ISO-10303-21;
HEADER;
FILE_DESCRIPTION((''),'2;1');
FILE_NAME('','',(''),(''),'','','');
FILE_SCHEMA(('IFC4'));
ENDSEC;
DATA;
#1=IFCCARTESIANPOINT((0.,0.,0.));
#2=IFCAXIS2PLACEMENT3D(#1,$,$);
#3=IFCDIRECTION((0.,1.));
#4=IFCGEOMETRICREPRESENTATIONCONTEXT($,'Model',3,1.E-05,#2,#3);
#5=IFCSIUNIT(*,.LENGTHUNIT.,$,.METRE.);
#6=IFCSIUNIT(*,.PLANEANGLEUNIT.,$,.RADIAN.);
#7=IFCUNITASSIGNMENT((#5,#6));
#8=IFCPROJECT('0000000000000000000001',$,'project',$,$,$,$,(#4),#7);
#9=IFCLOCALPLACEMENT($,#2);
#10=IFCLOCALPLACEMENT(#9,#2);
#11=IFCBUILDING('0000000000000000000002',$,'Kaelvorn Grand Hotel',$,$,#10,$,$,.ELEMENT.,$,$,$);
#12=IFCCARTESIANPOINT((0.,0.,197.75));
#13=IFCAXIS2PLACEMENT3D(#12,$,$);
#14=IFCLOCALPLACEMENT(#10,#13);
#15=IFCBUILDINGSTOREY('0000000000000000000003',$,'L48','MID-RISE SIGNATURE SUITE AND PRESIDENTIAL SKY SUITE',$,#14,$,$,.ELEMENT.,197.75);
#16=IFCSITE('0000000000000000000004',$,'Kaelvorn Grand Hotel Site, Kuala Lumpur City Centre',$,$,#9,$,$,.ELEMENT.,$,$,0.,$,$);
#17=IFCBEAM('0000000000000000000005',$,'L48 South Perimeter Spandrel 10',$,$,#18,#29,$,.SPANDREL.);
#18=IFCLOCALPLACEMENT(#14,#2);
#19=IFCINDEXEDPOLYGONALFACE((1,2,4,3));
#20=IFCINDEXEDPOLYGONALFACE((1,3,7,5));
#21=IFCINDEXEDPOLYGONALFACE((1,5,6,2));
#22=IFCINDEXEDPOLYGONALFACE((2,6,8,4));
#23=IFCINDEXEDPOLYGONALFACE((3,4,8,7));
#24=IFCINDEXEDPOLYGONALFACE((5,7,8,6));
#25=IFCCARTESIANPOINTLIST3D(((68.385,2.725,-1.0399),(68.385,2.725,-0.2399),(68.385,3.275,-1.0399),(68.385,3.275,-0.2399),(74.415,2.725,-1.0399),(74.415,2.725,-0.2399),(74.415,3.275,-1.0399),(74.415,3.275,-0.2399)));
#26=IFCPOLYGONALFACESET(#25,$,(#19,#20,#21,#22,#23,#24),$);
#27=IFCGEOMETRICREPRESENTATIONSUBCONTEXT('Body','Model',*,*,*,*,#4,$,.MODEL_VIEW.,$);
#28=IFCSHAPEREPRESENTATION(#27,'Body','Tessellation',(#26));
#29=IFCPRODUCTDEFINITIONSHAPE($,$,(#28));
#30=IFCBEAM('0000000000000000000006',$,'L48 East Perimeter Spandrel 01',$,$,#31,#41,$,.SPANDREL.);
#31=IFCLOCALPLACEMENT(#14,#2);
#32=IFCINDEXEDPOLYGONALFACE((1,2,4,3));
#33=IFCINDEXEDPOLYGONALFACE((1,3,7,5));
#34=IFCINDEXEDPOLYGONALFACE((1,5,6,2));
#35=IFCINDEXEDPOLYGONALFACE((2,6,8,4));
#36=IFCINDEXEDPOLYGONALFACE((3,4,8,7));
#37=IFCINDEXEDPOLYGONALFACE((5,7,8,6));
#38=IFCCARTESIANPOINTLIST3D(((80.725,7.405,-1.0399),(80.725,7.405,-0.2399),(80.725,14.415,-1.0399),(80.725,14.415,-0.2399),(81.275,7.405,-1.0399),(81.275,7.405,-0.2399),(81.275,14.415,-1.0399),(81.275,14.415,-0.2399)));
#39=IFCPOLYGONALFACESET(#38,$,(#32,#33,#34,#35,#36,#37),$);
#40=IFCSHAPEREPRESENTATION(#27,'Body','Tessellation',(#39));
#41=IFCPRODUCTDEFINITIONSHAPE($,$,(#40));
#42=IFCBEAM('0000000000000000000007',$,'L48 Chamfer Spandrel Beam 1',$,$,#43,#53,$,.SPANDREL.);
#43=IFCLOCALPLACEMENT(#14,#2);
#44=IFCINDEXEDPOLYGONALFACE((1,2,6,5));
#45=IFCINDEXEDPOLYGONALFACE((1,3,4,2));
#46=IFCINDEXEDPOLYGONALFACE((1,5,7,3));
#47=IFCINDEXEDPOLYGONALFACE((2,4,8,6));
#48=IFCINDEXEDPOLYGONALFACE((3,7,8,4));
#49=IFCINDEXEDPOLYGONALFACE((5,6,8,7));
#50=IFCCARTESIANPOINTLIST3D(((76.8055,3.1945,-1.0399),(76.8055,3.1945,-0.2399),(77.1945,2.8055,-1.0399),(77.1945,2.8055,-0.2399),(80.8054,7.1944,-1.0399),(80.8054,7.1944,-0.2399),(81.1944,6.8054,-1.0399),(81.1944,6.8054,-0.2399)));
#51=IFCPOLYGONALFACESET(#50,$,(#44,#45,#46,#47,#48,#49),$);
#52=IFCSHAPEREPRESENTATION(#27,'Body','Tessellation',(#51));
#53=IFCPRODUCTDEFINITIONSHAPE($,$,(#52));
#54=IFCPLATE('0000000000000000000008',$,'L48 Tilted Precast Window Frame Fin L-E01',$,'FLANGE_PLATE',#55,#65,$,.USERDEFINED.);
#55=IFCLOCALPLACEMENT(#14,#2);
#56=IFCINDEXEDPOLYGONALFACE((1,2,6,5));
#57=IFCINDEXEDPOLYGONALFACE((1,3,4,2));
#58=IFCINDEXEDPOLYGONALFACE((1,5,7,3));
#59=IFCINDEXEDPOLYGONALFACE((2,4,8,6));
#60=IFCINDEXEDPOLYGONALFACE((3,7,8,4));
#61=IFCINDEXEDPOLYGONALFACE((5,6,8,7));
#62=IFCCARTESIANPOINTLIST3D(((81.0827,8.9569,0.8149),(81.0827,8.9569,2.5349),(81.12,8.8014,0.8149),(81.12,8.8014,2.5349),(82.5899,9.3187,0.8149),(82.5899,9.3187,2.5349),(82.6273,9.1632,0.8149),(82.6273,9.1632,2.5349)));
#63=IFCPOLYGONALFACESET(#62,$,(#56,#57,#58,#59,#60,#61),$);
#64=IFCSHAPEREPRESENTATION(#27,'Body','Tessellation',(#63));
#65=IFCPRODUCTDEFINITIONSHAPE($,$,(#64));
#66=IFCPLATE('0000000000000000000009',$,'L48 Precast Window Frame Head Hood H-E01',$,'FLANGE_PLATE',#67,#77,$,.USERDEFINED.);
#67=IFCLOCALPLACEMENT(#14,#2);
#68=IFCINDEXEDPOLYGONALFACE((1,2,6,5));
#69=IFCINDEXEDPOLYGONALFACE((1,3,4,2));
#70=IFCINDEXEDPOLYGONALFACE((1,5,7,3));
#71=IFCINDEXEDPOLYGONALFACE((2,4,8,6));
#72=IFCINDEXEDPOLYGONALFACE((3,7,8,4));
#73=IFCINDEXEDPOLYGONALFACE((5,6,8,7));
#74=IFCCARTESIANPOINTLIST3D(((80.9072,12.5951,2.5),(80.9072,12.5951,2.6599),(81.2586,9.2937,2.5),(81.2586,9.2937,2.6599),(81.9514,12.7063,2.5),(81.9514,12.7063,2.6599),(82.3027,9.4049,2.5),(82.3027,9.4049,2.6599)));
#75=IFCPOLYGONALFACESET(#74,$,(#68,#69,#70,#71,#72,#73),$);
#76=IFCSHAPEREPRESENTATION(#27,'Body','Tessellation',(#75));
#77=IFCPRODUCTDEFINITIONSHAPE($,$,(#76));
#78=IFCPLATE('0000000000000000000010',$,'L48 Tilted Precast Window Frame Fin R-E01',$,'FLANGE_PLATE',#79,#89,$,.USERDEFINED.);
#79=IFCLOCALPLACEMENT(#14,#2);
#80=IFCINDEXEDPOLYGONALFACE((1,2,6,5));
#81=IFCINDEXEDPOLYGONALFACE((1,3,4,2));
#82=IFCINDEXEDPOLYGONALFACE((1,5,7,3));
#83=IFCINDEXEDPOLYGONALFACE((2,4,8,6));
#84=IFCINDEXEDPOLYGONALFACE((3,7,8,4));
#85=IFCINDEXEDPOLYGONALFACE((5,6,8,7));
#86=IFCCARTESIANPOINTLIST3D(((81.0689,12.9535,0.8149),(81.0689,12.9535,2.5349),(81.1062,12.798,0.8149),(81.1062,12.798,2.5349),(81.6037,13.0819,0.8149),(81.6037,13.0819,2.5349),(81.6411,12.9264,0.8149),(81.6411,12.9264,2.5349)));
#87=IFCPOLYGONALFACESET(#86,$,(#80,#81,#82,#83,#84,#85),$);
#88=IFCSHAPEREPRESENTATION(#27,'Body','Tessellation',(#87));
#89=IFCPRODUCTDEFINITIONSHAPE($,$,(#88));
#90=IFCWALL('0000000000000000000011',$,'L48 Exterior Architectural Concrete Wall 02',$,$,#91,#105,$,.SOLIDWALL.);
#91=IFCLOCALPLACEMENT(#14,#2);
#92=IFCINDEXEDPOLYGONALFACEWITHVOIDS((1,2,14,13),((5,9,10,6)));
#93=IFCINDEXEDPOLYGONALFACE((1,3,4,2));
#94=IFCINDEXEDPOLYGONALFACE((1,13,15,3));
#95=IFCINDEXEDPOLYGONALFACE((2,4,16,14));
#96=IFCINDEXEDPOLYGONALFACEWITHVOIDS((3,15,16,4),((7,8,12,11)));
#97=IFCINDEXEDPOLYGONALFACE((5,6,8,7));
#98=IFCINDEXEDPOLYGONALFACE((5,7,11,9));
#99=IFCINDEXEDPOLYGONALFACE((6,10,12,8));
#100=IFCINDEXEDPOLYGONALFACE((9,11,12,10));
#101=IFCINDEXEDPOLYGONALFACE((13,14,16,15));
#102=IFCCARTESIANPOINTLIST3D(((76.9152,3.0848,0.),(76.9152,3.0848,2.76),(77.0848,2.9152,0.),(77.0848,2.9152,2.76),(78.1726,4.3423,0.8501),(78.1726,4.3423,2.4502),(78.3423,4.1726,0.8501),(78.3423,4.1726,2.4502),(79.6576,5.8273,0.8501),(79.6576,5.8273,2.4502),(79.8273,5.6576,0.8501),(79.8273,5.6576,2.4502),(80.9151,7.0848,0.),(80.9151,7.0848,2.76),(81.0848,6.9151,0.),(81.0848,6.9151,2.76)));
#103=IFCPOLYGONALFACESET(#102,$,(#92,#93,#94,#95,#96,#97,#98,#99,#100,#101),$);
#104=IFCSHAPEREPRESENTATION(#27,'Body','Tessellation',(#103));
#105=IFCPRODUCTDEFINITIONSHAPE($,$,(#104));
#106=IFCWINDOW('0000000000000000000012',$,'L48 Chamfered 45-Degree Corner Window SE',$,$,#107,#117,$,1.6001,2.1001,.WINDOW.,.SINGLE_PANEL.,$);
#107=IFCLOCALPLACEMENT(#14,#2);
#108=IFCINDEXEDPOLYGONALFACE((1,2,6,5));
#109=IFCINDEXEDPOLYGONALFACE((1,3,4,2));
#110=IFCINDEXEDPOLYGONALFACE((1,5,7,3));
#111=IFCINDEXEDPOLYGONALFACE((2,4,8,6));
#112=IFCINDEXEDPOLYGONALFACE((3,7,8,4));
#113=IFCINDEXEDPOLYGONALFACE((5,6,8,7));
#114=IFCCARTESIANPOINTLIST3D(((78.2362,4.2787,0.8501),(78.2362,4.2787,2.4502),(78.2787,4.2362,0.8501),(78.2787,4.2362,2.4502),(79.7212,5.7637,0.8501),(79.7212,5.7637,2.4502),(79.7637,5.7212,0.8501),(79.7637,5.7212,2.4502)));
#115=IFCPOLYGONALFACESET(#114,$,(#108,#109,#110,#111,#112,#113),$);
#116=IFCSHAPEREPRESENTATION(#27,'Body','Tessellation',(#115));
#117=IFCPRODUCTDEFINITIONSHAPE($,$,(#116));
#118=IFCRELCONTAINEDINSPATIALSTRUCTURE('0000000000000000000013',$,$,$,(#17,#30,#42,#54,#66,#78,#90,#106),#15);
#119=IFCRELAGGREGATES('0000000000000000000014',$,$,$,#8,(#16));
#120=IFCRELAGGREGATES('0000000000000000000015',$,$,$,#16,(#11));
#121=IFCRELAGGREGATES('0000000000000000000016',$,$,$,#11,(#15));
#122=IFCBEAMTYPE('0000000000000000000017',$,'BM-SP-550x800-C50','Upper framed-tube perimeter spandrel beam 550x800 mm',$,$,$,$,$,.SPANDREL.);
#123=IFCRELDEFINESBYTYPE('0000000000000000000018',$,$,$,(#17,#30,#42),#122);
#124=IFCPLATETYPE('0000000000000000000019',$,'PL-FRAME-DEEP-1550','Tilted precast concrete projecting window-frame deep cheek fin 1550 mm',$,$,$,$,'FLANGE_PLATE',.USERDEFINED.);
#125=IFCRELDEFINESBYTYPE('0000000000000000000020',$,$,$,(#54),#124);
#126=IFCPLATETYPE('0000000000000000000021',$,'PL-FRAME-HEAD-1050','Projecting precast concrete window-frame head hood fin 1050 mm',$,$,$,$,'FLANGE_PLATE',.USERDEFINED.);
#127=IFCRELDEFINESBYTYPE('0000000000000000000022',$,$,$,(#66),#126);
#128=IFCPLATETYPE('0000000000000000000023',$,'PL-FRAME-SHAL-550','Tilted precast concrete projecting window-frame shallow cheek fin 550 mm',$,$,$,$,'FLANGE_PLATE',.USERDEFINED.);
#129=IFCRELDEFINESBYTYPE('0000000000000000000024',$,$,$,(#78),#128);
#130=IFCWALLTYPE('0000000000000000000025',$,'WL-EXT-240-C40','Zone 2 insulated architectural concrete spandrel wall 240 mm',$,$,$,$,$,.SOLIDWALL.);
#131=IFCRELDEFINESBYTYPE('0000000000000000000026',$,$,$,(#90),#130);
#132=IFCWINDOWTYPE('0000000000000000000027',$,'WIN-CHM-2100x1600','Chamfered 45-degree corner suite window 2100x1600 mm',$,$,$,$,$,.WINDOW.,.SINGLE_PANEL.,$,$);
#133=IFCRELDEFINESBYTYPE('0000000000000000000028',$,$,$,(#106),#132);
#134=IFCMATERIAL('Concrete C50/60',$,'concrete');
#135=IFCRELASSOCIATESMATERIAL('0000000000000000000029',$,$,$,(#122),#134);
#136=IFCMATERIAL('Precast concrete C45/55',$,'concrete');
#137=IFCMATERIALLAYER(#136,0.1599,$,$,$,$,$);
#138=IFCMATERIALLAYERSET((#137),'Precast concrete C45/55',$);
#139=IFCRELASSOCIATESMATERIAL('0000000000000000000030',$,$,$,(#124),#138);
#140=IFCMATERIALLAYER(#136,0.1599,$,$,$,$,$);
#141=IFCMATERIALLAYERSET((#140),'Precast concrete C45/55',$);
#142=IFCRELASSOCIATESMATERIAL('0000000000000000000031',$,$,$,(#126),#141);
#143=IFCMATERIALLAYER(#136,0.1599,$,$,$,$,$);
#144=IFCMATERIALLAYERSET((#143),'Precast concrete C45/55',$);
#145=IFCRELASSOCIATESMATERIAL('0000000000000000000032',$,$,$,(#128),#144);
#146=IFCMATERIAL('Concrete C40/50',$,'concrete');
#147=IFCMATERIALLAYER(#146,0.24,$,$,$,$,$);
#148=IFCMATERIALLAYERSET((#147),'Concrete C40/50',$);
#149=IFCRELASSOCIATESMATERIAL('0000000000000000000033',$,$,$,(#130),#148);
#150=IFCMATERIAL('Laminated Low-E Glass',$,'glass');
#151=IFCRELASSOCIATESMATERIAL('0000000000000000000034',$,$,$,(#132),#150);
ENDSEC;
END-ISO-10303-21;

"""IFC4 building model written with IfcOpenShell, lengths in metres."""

from ifc_helpers import new_model, si_unit, direction, frame, frame_2d, origin, origin_2d, place, context, subcontext, project, spatial, rectangle, extrude, material, layer, layer_set, material_profile, profile_set, type_object, element, fill, save


model = new_model("IFC4")

# Units and contexts
model_context = context("Model", 3, precision=1e-05, world=origin(), true_north=direction((0.0, 1.0)))
body_context = subcontext(model_context, "Body", "Model", "MODEL_VIEW")
ifc_project = project(units=[si_unit("LENGTHUNIT", "METRE"), si_unit("PLANEANGLEUNIT", "RADIAN")], contexts=[model_context])

# Site, building, storey
site_placement = place(None, origin())
site = spatial("IfcSite", under=ifc_project, at=site_placement, Name="Kaelvorn Grand Hotel Site, Kuala Lumpur City Centre", CompositionType="ELEMENT", RefElevation=0.0)
building_placement = place(site_placement, origin())
building = spatial("IfcBuilding", under=site, at=building_placement, Name="Kaelvorn Grand Hotel", CompositionType="ELEMENT")
storey_placement = place(building_placement, frame((0.0, 0.0, 197.75)))
storey = spatial("IfcBuildingStorey", under=building, at=storey_placement, Name="L48", Description="MID-RISE SIGNATURE SUITE AND PRESIDENTIAL SKY SUITE", CompositionType="ELEMENT", Elevation=197.75)

# Beams
ifc_material_1 = material(Name="Concrete C50/60", Category="concrete")
ifc_material_profile_1 = material_profile(ifc_material_1, rectangle(XDim=0.55, YDim=0.8, at=origin_2d()), Name="RC SPANDREL 550x800")
ifc_profile_set_1 = profile_set([ifc_material_profile_1], Name="Concrete C50/60")
beam_type_1 = type_object("IfcBeamType", Name="BM-SP-550x800-C50", Description="Upper framed-tube perimeter spandrel beam 550x800 mm", PredefinedType="SPANDREL", material=ifc_profile_set_1)
beam_1_placement = place(storey_placement, frame((68.385, 3.0, -0.6399), z_axis=(1.0, 0.0, 0.0), x_axis=(0.0, 1.0, 0.0)))
element("IfcBeam", 1, at=beam_1_placement, inside=storey, type_object=beam_type_1, Name="L48 South Perimeter Spandrel 10", PredefinedType="SPANDREL", context=body_context, shape_type="SweptSolid", body=[
    extrude(rectangle(XDim=0.55, YDim=0.8, at=origin_2d()), origin(), (0.0, 0.0, 1.0), 6.03),
])
beam_2_placement = place(storey_placement, frame((81.0, 7.405, -0.6399), z_axis=(0.0, 1.0, 0.0), x_axis=(-1.0, 0.0, 0.0)))
element("IfcBeam", 2, at=beam_2_placement, inside=storey, type_object=beam_type_1, Name="L48 East Perimeter Spandrel 01", PredefinedType="SPANDREL", context=body_context, shape_type="SweptSolid", body=[
    extrude(rectangle(XDim=0.55, YDim=0.8, at=origin_2d()), origin(), (0.0, 0.0, 1.0), 7.01),
])
beam_3_placement = place(storey_placement, frame((77.0, 3.0, -0.6399), z_axis=(0.707107, 0.707107, 0.0), x_axis=(-0.707107, 0.707107, 0.0)))
element("IfcBeam", 3, at=beam_3_placement, inside=storey, type_object=beam_type_1, Name="L48 Chamfer Spandrel Beam 1", PredefinedType="SPANDREL", context=body_context, shape_type="SweptSolid", body=[
    extrude(rectangle(XDim=0.55, YDim=0.8, at=origin_2d()), origin(), (0.0, 0.0, 1.0), 5.6567),
])

# Plates
ifc_material_2 = material(Name="Precast concrete C45/55", Category="concrete")
ifc_layer_1 = layer(ifc_material_2, 0.1599)
ifc_layer_set_1 = layer_set([ifc_layer_1], Name="Precast concrete C45/55")
plate_type_1 = type_object("IfcPlateType", Name="PL-FRAME-DEEP-1550", Description="Tilted precast concrete projecting window-frame deep cheek fin 1550 mm", ElementType="FLANGE_PLATE", PredefinedType="USERDEFINED", material=ifc_layer_set_1)
plate_1_placement = place(storey_placement, frame((81.855, 9.0601, 0.8149), z_axis=(0.0, 0.0, 1.0), x_axis=(-0.233445, 0.97237, 0.0)))
element("IfcPlate", 4, at=plate_1_placement, inside=storey, type_object=plate_type_1, Name="L48 Tilted Precast Window Frame Fin L-E01", ObjectType="FLANGE_PLATE", PredefinedType="USERDEFINED", context=body_context, shape_type="SweptSolid", body=[
    extrude(rectangle(XDim=0.1599, YDim=1.55, at=origin_2d()), origin(), (0.0, 0.0, 1.0), 1.72),
])
ifc_layer_2 = layer(ifc_material_2, 0.1599)
ifc_layer_set_2 = layer_set([ifc_layer_2], Name="Precast concrete C45/55")
plate_type_2 = type_object("IfcPlateType", Name="PL-FRAME-HEAD-1050", Description="Projecting precast concrete window-frame head hood fin 1050 mm", ElementType="FLANGE_PLATE", PredefinedType="USERDEFINED", material=ifc_layer_set_2)
plate_2_placement = place(storey_placement, frame((81.605, 11.0, 2.5), z_axis=(0.0, 0.0, 1.0), x_axis=(-0.10583, 0.994384, 0.0)))
element("IfcPlate", 5, at=plate_2_placement, inside=storey, type_object=plate_type_2, Name="L48 Precast Window Frame Head Hood H-E01", ObjectType="FLANGE_PLATE", PredefinedType="USERDEFINED", context=body_context, shape_type="SweptSolid", body=[
    extrude(rectangle(XDim=3.3201, YDim=1.05, at=origin_2d()), origin(), (0.0, 0.0, 1.0), 0.1599),
])
ifc_layer_3 = layer(ifc_material_2, 0.1599)
ifc_layer_set_3 = layer_set([ifc_layer_3], Name="Precast concrete C45/55")
plate_type_3 = type_object("IfcPlateType", Name="PL-FRAME-SHAL-550", Description="Tilted precast concrete projecting window-frame shallow cheek fin 550 mm", ElementType="FLANGE_PLATE", PredefinedType="USERDEFINED", material=ifc_layer_set_3)
plate_3_placement = place(storey_placement, frame((81.355, 12.9399, 0.8149), z_axis=(0.0, 0.0, 1.0), x_axis=(-0.233445, 0.97237, 0.0)))
element("IfcPlate", 6, at=plate_3_placement, inside=storey, type_object=plate_type_3, Name="L48 Tilted Precast Window Frame Fin R-E01", ObjectType="FLANGE_PLATE", PredefinedType="USERDEFINED", context=body_context, shape_type="SweptSolid", body=[
    extrude(rectangle(XDim=0.1599, YDim=0.55, at=origin_2d()), origin(), (0.0, 0.0, 1.0), 1.72),
])

# Wall, opening, window
ifc_material_3 = material(Name="Concrete C40/50", Category="concrete")
ifc_layer_4 = layer(ifc_material_3, 0.24)
ifc_layer_set_4 = layer_set([ifc_layer_4], Name="Concrete C40/50")
wall_type_1 = type_object("IfcWallType", Name="WL-EXT-240-C40", Description="Zone 2 insulated architectural concrete spandrel wall 240 mm", PredefinedType="SOLIDWALL", material=ifc_layer_set_4)
wall_1_placement = place(storey_placement, frame((77.0, 3.0, 0.0), z_axis=(0.0, 0.0, 1.0), x_axis=(0.707107, 0.707107, 0.0)))
wall_1 = element("IfcWall", 7, at=wall_1_placement, inside=storey, type_object=wall_type_1, Name="L48 Exterior Architectural Concrete Wall 02", PredefinedType="SOLIDWALL", context=body_context, shape_type="SweptSolid", body=[
    extrude(rectangle(XDim=5.6567, YDim=0.24, at=frame_2d((2.8284, 0.0))), origin(), (0.0, 0.0, 1.0), 2.76),
])
opening_1_placement = place(wall_1_placement, frame((1.7783, 0.0, 0.8501)))
opening_1 = element("IfcOpeningElement", 8, at=opening_1_placement, cuts=wall_1, PredefinedType="OPENING", context=body_context, shape_type="SweptSolid", body=[
    extrude(rectangle(XDim=2.1001, YDim=1.6001, at=frame_2d((1.05, 0.8))), frame((0.0, 0.1299, 0.0), z_axis=(0.0, -1.0, 0.0), x_axis=(1.0, 0.0, 0.0)), (0.0, 0.0, 1.0), 0.26),
])
ifc_material_4 = material(Name="Laminated Low-E Glass", Category="glass")
window_type_1 = type_object("IfcWindowType", Name="WIN-CHM-2100x1600", Description="Chamfered 45-degree corner suite window 2100x1600 mm", PartitioningType="SINGLE_PANEL", PredefinedType="WINDOW", material=ifc_material_4)
window_1_placement = place(opening_1_placement, origin())
window_1 = element("IfcWindow", 9, at=window_1_placement, inside=storey, type_object=window_type_1, Name="L48 Chamfered 45-Degree Corner Window SE", OverallHeight=1.6001, OverallWidth=2.1001, PartitioningType="SINGLE_PANEL", PredefinedType="WINDOW", context=body_context, shape_type="SweptSolid", body=[
    extrude(rectangle(XDim=2.1001, YDim=1.6001, at=frame_2d((1.05, 0.8))), frame((0.0, 0.03, 0.0), z_axis=(0.0, -1.0, 0.0), x_axis=(1.0, 0.0, 0.0)), (0.0, 0.0, 1.0), 0.0601),
])
fill(opening_1, window_1)

save(model, "model.ifc")
